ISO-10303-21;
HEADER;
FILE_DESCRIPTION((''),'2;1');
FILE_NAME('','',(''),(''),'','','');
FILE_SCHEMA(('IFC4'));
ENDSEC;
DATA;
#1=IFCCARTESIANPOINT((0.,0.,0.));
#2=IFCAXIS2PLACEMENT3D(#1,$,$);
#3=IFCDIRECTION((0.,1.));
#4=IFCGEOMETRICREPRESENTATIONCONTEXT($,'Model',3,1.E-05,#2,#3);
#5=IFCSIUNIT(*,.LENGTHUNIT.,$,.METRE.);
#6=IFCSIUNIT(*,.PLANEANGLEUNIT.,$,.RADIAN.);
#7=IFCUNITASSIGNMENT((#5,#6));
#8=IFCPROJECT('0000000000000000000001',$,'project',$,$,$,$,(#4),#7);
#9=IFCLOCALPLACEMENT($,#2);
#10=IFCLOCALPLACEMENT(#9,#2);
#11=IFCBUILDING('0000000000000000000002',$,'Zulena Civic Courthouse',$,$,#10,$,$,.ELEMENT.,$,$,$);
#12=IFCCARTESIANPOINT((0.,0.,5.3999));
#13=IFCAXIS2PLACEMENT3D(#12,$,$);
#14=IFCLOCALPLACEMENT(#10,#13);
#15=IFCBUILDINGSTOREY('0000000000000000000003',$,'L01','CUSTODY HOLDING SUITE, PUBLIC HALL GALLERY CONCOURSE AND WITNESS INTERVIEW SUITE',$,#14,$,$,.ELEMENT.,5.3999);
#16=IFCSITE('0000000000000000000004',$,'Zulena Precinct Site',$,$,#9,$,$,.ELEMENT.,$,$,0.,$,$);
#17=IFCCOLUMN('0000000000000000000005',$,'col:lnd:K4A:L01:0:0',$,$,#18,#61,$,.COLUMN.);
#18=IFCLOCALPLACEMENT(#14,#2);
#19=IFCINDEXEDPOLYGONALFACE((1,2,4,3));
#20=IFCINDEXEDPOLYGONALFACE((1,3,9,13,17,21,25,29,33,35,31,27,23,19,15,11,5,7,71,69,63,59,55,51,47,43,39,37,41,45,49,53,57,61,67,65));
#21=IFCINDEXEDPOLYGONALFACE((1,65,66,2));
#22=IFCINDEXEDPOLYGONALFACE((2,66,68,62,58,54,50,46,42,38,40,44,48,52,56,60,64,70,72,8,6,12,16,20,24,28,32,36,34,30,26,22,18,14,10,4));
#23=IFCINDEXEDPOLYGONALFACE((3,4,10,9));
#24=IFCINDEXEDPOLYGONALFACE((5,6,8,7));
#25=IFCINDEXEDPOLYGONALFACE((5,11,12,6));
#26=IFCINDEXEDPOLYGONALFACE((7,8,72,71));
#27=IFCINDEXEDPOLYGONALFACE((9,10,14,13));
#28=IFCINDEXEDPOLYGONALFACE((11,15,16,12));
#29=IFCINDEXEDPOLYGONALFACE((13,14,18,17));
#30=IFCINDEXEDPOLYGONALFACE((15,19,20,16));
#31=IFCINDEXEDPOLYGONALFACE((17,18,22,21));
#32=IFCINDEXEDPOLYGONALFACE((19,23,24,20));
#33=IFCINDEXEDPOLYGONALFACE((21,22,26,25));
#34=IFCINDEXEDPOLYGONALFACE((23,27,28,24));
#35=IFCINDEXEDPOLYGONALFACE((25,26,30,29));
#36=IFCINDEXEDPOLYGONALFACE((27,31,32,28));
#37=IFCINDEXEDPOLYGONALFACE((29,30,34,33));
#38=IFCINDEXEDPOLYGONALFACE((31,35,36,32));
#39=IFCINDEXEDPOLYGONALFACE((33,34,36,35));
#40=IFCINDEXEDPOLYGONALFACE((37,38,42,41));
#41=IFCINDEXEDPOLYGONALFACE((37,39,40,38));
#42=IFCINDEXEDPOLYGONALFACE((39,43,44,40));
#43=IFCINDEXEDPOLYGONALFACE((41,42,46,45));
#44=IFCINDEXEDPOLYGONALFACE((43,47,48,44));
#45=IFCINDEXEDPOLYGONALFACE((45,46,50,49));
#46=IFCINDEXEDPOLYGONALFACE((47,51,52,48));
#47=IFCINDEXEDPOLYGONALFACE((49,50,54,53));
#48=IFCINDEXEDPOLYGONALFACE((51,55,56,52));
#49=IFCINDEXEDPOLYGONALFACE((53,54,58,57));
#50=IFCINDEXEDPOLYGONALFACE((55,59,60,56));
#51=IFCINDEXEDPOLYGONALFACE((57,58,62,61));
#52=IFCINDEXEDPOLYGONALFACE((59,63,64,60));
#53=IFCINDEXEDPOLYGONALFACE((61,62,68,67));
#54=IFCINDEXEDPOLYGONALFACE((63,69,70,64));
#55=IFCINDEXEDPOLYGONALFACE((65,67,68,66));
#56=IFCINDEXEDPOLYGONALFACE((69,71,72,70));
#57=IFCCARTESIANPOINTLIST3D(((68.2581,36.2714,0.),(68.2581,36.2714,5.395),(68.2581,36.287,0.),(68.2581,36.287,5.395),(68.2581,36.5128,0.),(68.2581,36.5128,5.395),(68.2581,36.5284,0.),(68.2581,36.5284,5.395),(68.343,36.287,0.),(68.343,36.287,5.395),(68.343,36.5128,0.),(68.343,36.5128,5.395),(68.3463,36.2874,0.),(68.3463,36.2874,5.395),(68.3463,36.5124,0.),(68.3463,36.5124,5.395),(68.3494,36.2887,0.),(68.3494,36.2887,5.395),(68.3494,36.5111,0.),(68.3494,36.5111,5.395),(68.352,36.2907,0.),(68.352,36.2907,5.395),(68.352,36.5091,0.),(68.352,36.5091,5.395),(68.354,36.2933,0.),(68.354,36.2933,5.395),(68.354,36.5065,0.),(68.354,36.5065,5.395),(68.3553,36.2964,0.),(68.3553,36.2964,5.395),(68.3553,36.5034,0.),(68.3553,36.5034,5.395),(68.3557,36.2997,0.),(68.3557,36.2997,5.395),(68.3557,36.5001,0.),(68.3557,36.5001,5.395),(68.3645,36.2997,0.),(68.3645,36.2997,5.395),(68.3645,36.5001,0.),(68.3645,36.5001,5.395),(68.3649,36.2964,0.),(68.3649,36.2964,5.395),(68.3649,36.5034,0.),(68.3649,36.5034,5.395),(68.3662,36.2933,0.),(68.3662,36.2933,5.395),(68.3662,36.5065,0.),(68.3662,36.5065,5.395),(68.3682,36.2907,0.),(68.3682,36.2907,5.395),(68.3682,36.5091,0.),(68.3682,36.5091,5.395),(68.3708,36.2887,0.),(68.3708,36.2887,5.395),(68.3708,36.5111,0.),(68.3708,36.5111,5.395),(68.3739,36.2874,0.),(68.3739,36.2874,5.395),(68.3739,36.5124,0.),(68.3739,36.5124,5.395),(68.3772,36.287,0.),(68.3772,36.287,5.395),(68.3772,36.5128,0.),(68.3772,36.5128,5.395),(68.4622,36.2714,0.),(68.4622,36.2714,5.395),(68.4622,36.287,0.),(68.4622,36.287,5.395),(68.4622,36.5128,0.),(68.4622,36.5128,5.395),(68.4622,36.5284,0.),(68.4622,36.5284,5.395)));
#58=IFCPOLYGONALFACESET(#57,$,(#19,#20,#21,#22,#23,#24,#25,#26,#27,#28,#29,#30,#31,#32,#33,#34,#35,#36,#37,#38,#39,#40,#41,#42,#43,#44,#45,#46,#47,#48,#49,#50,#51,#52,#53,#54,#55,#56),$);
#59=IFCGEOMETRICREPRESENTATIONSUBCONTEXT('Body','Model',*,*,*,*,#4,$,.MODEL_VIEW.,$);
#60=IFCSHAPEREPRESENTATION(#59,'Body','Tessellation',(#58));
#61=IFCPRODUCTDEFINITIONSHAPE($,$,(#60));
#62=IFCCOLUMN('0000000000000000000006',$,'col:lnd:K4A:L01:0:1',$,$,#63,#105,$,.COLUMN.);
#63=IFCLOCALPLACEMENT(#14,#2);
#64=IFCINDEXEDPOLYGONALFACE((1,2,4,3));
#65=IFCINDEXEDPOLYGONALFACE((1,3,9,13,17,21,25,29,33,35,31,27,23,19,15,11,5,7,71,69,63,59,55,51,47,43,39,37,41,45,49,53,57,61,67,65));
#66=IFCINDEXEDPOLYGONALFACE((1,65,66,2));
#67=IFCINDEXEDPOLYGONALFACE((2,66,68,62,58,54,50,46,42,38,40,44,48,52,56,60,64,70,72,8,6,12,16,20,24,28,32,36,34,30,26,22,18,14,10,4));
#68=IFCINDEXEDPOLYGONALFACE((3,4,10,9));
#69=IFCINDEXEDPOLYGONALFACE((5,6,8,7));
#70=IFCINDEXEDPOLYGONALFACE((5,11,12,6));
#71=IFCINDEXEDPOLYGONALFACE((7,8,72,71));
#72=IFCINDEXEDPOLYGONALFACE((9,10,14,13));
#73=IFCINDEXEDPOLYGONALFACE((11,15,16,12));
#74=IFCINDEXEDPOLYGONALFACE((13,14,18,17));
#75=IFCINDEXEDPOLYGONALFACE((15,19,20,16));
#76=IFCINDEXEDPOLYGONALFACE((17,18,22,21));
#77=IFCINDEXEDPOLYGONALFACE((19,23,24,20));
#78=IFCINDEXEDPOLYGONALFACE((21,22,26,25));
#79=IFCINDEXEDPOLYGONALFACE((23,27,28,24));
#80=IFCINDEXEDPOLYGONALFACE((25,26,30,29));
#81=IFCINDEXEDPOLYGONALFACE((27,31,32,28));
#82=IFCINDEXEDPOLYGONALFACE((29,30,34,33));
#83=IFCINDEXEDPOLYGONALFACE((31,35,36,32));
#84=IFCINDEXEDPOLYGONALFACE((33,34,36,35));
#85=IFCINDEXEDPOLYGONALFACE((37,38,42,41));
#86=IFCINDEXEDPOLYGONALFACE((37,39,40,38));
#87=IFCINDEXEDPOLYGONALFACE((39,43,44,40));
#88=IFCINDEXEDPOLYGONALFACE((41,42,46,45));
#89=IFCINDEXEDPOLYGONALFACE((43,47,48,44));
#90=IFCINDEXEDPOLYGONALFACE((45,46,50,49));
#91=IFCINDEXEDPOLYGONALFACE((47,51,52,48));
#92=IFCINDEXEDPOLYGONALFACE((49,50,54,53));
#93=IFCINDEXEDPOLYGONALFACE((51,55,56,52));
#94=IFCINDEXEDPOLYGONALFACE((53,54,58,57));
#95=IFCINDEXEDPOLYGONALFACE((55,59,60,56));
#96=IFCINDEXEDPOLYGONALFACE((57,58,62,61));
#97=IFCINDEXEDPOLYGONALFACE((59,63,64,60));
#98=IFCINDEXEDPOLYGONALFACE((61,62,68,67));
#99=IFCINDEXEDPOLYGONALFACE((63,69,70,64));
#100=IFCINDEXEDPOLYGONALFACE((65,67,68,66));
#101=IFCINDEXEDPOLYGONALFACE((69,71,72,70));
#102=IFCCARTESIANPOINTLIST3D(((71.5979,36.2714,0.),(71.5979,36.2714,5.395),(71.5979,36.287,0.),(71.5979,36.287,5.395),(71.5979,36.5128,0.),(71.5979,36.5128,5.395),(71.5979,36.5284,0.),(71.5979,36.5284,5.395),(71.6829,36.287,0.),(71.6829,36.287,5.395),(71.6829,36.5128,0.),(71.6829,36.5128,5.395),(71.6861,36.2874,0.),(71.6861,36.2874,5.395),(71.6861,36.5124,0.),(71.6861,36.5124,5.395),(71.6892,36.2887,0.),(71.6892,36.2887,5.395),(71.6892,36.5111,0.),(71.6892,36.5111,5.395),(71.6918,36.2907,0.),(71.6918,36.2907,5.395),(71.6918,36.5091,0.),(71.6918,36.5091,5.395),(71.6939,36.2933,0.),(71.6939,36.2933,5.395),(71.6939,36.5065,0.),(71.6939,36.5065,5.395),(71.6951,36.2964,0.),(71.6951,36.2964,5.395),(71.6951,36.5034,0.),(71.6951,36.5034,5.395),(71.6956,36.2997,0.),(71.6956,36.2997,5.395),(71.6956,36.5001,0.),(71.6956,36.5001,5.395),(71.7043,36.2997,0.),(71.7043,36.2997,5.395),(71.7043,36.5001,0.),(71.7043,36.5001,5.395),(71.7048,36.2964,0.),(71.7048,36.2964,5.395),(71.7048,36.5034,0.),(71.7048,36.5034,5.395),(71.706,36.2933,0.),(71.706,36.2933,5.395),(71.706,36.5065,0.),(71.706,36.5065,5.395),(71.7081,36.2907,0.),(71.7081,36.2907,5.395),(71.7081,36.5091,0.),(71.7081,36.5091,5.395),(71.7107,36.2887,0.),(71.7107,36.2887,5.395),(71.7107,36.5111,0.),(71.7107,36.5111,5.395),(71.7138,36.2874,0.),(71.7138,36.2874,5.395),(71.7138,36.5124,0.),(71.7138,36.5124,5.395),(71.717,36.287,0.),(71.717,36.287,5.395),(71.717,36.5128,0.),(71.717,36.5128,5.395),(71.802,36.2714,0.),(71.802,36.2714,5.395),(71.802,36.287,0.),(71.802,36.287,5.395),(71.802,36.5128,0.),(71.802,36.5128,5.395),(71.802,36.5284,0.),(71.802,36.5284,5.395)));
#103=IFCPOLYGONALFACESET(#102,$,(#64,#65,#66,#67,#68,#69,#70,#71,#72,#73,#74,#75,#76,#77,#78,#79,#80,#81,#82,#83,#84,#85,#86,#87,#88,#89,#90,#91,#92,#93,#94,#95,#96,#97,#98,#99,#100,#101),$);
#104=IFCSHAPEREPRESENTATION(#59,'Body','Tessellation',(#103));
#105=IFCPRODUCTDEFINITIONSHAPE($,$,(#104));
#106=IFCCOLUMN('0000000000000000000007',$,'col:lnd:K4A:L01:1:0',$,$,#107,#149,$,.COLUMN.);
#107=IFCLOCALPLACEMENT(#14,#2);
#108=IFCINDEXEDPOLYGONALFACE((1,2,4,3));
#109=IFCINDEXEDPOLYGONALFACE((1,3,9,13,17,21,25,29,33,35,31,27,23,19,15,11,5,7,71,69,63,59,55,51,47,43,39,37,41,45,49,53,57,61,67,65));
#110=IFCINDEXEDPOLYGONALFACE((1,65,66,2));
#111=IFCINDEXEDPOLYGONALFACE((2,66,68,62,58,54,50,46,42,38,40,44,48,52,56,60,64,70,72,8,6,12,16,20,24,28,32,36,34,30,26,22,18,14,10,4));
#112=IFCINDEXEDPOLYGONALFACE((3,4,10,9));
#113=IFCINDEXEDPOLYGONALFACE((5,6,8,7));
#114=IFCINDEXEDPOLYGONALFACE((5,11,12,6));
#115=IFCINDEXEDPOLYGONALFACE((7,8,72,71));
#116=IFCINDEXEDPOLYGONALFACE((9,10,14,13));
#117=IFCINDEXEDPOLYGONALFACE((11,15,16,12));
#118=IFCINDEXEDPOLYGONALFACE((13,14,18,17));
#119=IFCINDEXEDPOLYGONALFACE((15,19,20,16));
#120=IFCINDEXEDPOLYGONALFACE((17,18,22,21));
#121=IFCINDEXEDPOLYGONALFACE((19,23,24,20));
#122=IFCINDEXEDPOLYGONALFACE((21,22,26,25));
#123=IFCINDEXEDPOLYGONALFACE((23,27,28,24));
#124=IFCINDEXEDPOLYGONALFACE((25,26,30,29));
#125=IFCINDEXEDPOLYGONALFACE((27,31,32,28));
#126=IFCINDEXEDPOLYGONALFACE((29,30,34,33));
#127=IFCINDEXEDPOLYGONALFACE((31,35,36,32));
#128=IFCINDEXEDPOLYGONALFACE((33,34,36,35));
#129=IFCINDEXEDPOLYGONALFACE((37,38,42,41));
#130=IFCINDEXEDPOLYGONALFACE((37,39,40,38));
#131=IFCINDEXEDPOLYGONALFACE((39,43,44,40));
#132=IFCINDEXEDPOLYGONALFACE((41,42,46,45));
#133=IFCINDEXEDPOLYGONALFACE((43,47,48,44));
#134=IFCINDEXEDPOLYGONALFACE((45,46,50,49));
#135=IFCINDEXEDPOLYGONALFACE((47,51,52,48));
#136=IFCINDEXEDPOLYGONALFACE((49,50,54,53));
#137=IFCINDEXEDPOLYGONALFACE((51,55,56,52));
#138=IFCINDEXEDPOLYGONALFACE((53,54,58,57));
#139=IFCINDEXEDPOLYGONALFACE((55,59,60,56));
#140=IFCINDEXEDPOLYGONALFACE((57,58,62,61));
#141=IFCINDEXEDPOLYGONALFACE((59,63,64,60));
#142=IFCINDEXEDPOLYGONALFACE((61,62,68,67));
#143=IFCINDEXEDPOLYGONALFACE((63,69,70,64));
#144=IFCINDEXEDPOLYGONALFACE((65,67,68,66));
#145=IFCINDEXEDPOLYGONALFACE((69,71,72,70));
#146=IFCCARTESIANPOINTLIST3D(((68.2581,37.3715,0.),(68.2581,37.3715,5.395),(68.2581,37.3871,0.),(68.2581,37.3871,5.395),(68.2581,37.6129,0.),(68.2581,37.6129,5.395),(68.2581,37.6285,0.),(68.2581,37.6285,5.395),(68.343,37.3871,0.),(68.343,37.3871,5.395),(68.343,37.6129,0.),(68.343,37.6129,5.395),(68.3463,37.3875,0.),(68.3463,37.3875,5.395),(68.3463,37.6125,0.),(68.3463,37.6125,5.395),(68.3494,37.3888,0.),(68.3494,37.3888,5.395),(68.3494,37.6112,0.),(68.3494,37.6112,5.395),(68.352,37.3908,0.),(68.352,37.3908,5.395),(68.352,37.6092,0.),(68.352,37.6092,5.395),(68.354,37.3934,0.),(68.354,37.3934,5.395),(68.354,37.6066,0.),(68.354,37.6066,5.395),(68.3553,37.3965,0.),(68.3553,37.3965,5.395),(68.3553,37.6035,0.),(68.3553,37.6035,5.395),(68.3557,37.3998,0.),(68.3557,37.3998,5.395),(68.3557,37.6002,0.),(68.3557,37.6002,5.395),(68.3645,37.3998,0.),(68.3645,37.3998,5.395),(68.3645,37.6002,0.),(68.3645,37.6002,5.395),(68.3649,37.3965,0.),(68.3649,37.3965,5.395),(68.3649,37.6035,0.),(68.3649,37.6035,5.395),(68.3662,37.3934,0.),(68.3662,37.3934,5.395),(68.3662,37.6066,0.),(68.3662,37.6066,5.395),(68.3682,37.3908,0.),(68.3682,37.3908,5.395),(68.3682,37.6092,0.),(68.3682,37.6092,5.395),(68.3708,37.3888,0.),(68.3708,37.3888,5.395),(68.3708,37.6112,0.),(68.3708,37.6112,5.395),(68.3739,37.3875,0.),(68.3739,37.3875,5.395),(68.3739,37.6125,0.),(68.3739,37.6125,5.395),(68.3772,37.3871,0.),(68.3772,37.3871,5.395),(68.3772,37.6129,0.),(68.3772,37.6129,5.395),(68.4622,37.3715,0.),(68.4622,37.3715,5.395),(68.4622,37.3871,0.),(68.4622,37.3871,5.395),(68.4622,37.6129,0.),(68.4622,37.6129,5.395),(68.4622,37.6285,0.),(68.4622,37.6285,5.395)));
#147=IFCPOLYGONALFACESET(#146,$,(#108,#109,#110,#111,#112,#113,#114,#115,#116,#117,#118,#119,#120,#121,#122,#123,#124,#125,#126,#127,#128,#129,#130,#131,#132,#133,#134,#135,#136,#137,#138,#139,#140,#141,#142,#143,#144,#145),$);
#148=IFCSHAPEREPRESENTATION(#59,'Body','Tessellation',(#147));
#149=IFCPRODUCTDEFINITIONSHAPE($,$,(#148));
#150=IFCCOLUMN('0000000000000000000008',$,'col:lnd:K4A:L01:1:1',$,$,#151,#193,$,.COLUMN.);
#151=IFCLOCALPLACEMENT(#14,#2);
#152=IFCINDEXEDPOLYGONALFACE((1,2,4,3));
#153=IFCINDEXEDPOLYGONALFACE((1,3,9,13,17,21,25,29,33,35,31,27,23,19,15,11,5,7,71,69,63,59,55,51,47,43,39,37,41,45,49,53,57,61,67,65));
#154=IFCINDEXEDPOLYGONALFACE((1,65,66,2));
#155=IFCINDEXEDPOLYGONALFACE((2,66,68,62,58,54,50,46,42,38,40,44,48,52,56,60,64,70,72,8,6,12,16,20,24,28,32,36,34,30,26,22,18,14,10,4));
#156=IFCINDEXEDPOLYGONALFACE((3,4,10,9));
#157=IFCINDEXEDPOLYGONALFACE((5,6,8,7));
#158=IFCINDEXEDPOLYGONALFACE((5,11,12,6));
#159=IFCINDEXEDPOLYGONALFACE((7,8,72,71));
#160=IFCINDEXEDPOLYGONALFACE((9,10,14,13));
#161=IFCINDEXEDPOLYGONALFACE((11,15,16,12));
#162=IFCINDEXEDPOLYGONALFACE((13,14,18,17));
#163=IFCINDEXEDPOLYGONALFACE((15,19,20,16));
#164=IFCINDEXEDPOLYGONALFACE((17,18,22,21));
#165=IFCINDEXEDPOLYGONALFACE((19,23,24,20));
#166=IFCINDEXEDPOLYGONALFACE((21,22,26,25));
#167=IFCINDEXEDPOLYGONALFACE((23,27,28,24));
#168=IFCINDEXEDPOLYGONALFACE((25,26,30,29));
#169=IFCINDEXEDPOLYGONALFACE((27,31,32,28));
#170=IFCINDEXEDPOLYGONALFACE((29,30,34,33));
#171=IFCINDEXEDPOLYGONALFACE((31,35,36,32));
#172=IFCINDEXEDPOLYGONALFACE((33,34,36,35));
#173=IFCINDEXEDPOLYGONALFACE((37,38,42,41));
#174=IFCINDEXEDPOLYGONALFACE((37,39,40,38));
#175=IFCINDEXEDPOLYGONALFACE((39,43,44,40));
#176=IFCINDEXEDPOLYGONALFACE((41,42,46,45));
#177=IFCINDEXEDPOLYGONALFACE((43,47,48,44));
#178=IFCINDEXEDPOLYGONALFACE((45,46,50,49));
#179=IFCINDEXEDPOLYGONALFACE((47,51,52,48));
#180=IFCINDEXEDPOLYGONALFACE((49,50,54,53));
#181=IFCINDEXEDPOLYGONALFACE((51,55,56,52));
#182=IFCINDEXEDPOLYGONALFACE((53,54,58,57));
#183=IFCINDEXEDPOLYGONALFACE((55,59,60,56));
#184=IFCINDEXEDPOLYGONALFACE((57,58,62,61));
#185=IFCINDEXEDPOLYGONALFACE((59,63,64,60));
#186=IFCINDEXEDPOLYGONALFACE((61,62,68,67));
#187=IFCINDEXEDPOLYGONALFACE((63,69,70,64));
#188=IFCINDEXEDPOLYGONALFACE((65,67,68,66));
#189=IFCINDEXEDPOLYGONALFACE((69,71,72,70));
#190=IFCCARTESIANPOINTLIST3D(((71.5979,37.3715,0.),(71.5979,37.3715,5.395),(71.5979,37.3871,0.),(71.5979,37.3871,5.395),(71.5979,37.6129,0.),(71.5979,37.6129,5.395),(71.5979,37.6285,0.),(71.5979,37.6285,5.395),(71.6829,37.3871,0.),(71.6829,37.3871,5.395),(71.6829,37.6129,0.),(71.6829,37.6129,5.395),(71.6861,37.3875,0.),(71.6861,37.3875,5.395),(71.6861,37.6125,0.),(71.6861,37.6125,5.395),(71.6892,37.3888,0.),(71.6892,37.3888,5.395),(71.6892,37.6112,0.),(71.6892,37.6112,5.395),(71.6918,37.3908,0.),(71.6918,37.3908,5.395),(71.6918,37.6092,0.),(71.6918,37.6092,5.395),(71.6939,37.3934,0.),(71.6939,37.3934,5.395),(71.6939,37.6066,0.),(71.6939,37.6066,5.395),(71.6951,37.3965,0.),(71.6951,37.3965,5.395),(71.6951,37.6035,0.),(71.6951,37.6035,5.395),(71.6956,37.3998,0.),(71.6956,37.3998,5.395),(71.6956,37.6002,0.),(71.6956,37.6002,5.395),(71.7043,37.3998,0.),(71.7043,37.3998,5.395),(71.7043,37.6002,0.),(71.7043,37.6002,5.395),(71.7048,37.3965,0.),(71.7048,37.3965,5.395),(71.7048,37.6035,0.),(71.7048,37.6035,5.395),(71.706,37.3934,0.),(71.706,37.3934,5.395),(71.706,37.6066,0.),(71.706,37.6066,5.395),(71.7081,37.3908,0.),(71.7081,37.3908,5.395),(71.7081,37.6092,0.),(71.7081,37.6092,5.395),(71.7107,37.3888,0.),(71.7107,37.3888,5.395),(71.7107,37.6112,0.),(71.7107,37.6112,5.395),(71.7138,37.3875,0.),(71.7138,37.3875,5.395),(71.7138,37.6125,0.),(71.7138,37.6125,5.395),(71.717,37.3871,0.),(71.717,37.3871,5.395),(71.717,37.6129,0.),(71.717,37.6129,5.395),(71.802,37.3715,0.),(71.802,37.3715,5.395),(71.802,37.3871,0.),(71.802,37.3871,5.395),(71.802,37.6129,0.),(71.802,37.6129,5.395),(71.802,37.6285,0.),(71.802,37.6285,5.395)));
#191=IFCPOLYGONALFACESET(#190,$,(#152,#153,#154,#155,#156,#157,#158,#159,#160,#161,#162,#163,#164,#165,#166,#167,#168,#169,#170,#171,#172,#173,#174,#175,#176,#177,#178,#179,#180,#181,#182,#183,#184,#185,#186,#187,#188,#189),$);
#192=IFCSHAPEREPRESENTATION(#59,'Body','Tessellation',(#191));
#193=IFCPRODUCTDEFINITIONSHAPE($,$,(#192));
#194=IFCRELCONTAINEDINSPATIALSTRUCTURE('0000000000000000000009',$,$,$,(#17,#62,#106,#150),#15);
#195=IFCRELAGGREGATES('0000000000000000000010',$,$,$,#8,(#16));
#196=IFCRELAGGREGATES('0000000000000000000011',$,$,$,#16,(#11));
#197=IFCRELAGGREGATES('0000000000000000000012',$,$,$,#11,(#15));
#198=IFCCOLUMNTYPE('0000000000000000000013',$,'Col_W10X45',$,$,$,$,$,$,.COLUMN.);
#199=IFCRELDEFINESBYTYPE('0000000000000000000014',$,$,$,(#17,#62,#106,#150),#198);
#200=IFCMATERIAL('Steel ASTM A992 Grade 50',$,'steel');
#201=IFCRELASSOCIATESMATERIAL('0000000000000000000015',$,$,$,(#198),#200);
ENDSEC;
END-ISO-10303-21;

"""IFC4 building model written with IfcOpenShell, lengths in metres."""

from ifc_helpers import new_model, si_unit, direction, frame, origin, origin_2d, place, context, subcontext, project, spatial, i_section, extrude, material, material_profile, profile_set, type_object, element, save


model = new_model("IFC4")

# Units and contexts
model_context = context("Model", 3, precision=1e-05, world=origin(), true_north=direction((0.0, 1.0)))
body_context = subcontext(model_context, "Body", "Model", "MODEL_VIEW")
ifc_project = project(units=[si_unit("LENGTHUNIT", "METRE"), si_unit("PLANEANGLEUNIT", "RADIAN")], contexts=[model_context])

# Site, building, storey
site_placement = place(None, origin())
site = spatial("IfcSite", under=ifc_project, at=site_placement, Name="Zulena Precinct Site", CompositionType="ELEMENT", RefElevation=0.0)
building_placement = place(site_placement, origin())
building = spatial("IfcBuilding", under=site, at=building_placement, Name="Zulena Civic Courthouse", CompositionType="ELEMENT")
storey_placement = place(building_placement, frame((0.0, 0.0, 5.3999)))
storey = spatial("IfcBuildingStorey", under=building, at=storey_placement, Name="L01", Description="CUSTODY HOLDING SUITE, PUBLIC HALL GALLERY CONCOURSE AND WITNESS INTERVIEW SUITE", CompositionType="ELEMENT", Elevation=5.3999)

# Columns
ifc_material_1 = material(Name="Steel ASTM A992 Grade 50", Category="steel")
ifc_material_profile_1 = material_profile(ifc_material_1, i_section(OverallWidth=0.2041, OverallDepth=0.2571, WebThickness=0.0088, FlangeThickness=0.0156, FilletRadius=0.0127, at=origin_2d()), Name="W10X45")
ifc_profile_set_1 = profile_set([ifc_material_profile_1], Name="Steel ASTM A992 Grade 50")
column_type_1 = type_object("IfcColumnType", Name="Col_W10X45", PredefinedType="COLUMN", material=ifc_profile_set_1)
for number, where, z_axis, x_axis, name in (
    (1, (68.3601, 36.3999, 0.0), (0.0, 0.0, 1.0), (1.0, 0.0, 0.0), "col:lnd:K4A:L01:0:0"),
    (2, (71.7, 36.3999, 0.0), (0.0, 0.0, 1.0), (1.0, 0.0, 0.0), "col:lnd:K4A:L01:0:1"),
    (3, (68.3601, 37.5, 0.0), (0.0, 0.0, 1.0), (1.0, 0.0, 0.0), "col:lnd:K4A:L01:1:0"),
    (4, (71.7, 37.5, 0.0), (0.0, 0.0, 1.0), (1.0, 0.0, 0.0), "col:lnd:K4A:L01:1:1"),
):
    element("IfcColumn", number, at=place(storey_placement, frame(where, z_axis=z_axis, x_axis=x_axis)), inside=storey, type_object=column_type_1, Name=name, PredefinedType="COLUMN", context=body_context, shape_type="SweptSolid", body=[
        extrude(i_section(OverallWidth=0.2041, OverallDepth=0.2571, WebThickness=0.0088, FlangeThickness=0.0156, FilletRadius=0.0127, at=origin_2d()), origin(), (0.0, 0.0, 1.0), 5.395),
    ])

save(model, "model.ifc")
